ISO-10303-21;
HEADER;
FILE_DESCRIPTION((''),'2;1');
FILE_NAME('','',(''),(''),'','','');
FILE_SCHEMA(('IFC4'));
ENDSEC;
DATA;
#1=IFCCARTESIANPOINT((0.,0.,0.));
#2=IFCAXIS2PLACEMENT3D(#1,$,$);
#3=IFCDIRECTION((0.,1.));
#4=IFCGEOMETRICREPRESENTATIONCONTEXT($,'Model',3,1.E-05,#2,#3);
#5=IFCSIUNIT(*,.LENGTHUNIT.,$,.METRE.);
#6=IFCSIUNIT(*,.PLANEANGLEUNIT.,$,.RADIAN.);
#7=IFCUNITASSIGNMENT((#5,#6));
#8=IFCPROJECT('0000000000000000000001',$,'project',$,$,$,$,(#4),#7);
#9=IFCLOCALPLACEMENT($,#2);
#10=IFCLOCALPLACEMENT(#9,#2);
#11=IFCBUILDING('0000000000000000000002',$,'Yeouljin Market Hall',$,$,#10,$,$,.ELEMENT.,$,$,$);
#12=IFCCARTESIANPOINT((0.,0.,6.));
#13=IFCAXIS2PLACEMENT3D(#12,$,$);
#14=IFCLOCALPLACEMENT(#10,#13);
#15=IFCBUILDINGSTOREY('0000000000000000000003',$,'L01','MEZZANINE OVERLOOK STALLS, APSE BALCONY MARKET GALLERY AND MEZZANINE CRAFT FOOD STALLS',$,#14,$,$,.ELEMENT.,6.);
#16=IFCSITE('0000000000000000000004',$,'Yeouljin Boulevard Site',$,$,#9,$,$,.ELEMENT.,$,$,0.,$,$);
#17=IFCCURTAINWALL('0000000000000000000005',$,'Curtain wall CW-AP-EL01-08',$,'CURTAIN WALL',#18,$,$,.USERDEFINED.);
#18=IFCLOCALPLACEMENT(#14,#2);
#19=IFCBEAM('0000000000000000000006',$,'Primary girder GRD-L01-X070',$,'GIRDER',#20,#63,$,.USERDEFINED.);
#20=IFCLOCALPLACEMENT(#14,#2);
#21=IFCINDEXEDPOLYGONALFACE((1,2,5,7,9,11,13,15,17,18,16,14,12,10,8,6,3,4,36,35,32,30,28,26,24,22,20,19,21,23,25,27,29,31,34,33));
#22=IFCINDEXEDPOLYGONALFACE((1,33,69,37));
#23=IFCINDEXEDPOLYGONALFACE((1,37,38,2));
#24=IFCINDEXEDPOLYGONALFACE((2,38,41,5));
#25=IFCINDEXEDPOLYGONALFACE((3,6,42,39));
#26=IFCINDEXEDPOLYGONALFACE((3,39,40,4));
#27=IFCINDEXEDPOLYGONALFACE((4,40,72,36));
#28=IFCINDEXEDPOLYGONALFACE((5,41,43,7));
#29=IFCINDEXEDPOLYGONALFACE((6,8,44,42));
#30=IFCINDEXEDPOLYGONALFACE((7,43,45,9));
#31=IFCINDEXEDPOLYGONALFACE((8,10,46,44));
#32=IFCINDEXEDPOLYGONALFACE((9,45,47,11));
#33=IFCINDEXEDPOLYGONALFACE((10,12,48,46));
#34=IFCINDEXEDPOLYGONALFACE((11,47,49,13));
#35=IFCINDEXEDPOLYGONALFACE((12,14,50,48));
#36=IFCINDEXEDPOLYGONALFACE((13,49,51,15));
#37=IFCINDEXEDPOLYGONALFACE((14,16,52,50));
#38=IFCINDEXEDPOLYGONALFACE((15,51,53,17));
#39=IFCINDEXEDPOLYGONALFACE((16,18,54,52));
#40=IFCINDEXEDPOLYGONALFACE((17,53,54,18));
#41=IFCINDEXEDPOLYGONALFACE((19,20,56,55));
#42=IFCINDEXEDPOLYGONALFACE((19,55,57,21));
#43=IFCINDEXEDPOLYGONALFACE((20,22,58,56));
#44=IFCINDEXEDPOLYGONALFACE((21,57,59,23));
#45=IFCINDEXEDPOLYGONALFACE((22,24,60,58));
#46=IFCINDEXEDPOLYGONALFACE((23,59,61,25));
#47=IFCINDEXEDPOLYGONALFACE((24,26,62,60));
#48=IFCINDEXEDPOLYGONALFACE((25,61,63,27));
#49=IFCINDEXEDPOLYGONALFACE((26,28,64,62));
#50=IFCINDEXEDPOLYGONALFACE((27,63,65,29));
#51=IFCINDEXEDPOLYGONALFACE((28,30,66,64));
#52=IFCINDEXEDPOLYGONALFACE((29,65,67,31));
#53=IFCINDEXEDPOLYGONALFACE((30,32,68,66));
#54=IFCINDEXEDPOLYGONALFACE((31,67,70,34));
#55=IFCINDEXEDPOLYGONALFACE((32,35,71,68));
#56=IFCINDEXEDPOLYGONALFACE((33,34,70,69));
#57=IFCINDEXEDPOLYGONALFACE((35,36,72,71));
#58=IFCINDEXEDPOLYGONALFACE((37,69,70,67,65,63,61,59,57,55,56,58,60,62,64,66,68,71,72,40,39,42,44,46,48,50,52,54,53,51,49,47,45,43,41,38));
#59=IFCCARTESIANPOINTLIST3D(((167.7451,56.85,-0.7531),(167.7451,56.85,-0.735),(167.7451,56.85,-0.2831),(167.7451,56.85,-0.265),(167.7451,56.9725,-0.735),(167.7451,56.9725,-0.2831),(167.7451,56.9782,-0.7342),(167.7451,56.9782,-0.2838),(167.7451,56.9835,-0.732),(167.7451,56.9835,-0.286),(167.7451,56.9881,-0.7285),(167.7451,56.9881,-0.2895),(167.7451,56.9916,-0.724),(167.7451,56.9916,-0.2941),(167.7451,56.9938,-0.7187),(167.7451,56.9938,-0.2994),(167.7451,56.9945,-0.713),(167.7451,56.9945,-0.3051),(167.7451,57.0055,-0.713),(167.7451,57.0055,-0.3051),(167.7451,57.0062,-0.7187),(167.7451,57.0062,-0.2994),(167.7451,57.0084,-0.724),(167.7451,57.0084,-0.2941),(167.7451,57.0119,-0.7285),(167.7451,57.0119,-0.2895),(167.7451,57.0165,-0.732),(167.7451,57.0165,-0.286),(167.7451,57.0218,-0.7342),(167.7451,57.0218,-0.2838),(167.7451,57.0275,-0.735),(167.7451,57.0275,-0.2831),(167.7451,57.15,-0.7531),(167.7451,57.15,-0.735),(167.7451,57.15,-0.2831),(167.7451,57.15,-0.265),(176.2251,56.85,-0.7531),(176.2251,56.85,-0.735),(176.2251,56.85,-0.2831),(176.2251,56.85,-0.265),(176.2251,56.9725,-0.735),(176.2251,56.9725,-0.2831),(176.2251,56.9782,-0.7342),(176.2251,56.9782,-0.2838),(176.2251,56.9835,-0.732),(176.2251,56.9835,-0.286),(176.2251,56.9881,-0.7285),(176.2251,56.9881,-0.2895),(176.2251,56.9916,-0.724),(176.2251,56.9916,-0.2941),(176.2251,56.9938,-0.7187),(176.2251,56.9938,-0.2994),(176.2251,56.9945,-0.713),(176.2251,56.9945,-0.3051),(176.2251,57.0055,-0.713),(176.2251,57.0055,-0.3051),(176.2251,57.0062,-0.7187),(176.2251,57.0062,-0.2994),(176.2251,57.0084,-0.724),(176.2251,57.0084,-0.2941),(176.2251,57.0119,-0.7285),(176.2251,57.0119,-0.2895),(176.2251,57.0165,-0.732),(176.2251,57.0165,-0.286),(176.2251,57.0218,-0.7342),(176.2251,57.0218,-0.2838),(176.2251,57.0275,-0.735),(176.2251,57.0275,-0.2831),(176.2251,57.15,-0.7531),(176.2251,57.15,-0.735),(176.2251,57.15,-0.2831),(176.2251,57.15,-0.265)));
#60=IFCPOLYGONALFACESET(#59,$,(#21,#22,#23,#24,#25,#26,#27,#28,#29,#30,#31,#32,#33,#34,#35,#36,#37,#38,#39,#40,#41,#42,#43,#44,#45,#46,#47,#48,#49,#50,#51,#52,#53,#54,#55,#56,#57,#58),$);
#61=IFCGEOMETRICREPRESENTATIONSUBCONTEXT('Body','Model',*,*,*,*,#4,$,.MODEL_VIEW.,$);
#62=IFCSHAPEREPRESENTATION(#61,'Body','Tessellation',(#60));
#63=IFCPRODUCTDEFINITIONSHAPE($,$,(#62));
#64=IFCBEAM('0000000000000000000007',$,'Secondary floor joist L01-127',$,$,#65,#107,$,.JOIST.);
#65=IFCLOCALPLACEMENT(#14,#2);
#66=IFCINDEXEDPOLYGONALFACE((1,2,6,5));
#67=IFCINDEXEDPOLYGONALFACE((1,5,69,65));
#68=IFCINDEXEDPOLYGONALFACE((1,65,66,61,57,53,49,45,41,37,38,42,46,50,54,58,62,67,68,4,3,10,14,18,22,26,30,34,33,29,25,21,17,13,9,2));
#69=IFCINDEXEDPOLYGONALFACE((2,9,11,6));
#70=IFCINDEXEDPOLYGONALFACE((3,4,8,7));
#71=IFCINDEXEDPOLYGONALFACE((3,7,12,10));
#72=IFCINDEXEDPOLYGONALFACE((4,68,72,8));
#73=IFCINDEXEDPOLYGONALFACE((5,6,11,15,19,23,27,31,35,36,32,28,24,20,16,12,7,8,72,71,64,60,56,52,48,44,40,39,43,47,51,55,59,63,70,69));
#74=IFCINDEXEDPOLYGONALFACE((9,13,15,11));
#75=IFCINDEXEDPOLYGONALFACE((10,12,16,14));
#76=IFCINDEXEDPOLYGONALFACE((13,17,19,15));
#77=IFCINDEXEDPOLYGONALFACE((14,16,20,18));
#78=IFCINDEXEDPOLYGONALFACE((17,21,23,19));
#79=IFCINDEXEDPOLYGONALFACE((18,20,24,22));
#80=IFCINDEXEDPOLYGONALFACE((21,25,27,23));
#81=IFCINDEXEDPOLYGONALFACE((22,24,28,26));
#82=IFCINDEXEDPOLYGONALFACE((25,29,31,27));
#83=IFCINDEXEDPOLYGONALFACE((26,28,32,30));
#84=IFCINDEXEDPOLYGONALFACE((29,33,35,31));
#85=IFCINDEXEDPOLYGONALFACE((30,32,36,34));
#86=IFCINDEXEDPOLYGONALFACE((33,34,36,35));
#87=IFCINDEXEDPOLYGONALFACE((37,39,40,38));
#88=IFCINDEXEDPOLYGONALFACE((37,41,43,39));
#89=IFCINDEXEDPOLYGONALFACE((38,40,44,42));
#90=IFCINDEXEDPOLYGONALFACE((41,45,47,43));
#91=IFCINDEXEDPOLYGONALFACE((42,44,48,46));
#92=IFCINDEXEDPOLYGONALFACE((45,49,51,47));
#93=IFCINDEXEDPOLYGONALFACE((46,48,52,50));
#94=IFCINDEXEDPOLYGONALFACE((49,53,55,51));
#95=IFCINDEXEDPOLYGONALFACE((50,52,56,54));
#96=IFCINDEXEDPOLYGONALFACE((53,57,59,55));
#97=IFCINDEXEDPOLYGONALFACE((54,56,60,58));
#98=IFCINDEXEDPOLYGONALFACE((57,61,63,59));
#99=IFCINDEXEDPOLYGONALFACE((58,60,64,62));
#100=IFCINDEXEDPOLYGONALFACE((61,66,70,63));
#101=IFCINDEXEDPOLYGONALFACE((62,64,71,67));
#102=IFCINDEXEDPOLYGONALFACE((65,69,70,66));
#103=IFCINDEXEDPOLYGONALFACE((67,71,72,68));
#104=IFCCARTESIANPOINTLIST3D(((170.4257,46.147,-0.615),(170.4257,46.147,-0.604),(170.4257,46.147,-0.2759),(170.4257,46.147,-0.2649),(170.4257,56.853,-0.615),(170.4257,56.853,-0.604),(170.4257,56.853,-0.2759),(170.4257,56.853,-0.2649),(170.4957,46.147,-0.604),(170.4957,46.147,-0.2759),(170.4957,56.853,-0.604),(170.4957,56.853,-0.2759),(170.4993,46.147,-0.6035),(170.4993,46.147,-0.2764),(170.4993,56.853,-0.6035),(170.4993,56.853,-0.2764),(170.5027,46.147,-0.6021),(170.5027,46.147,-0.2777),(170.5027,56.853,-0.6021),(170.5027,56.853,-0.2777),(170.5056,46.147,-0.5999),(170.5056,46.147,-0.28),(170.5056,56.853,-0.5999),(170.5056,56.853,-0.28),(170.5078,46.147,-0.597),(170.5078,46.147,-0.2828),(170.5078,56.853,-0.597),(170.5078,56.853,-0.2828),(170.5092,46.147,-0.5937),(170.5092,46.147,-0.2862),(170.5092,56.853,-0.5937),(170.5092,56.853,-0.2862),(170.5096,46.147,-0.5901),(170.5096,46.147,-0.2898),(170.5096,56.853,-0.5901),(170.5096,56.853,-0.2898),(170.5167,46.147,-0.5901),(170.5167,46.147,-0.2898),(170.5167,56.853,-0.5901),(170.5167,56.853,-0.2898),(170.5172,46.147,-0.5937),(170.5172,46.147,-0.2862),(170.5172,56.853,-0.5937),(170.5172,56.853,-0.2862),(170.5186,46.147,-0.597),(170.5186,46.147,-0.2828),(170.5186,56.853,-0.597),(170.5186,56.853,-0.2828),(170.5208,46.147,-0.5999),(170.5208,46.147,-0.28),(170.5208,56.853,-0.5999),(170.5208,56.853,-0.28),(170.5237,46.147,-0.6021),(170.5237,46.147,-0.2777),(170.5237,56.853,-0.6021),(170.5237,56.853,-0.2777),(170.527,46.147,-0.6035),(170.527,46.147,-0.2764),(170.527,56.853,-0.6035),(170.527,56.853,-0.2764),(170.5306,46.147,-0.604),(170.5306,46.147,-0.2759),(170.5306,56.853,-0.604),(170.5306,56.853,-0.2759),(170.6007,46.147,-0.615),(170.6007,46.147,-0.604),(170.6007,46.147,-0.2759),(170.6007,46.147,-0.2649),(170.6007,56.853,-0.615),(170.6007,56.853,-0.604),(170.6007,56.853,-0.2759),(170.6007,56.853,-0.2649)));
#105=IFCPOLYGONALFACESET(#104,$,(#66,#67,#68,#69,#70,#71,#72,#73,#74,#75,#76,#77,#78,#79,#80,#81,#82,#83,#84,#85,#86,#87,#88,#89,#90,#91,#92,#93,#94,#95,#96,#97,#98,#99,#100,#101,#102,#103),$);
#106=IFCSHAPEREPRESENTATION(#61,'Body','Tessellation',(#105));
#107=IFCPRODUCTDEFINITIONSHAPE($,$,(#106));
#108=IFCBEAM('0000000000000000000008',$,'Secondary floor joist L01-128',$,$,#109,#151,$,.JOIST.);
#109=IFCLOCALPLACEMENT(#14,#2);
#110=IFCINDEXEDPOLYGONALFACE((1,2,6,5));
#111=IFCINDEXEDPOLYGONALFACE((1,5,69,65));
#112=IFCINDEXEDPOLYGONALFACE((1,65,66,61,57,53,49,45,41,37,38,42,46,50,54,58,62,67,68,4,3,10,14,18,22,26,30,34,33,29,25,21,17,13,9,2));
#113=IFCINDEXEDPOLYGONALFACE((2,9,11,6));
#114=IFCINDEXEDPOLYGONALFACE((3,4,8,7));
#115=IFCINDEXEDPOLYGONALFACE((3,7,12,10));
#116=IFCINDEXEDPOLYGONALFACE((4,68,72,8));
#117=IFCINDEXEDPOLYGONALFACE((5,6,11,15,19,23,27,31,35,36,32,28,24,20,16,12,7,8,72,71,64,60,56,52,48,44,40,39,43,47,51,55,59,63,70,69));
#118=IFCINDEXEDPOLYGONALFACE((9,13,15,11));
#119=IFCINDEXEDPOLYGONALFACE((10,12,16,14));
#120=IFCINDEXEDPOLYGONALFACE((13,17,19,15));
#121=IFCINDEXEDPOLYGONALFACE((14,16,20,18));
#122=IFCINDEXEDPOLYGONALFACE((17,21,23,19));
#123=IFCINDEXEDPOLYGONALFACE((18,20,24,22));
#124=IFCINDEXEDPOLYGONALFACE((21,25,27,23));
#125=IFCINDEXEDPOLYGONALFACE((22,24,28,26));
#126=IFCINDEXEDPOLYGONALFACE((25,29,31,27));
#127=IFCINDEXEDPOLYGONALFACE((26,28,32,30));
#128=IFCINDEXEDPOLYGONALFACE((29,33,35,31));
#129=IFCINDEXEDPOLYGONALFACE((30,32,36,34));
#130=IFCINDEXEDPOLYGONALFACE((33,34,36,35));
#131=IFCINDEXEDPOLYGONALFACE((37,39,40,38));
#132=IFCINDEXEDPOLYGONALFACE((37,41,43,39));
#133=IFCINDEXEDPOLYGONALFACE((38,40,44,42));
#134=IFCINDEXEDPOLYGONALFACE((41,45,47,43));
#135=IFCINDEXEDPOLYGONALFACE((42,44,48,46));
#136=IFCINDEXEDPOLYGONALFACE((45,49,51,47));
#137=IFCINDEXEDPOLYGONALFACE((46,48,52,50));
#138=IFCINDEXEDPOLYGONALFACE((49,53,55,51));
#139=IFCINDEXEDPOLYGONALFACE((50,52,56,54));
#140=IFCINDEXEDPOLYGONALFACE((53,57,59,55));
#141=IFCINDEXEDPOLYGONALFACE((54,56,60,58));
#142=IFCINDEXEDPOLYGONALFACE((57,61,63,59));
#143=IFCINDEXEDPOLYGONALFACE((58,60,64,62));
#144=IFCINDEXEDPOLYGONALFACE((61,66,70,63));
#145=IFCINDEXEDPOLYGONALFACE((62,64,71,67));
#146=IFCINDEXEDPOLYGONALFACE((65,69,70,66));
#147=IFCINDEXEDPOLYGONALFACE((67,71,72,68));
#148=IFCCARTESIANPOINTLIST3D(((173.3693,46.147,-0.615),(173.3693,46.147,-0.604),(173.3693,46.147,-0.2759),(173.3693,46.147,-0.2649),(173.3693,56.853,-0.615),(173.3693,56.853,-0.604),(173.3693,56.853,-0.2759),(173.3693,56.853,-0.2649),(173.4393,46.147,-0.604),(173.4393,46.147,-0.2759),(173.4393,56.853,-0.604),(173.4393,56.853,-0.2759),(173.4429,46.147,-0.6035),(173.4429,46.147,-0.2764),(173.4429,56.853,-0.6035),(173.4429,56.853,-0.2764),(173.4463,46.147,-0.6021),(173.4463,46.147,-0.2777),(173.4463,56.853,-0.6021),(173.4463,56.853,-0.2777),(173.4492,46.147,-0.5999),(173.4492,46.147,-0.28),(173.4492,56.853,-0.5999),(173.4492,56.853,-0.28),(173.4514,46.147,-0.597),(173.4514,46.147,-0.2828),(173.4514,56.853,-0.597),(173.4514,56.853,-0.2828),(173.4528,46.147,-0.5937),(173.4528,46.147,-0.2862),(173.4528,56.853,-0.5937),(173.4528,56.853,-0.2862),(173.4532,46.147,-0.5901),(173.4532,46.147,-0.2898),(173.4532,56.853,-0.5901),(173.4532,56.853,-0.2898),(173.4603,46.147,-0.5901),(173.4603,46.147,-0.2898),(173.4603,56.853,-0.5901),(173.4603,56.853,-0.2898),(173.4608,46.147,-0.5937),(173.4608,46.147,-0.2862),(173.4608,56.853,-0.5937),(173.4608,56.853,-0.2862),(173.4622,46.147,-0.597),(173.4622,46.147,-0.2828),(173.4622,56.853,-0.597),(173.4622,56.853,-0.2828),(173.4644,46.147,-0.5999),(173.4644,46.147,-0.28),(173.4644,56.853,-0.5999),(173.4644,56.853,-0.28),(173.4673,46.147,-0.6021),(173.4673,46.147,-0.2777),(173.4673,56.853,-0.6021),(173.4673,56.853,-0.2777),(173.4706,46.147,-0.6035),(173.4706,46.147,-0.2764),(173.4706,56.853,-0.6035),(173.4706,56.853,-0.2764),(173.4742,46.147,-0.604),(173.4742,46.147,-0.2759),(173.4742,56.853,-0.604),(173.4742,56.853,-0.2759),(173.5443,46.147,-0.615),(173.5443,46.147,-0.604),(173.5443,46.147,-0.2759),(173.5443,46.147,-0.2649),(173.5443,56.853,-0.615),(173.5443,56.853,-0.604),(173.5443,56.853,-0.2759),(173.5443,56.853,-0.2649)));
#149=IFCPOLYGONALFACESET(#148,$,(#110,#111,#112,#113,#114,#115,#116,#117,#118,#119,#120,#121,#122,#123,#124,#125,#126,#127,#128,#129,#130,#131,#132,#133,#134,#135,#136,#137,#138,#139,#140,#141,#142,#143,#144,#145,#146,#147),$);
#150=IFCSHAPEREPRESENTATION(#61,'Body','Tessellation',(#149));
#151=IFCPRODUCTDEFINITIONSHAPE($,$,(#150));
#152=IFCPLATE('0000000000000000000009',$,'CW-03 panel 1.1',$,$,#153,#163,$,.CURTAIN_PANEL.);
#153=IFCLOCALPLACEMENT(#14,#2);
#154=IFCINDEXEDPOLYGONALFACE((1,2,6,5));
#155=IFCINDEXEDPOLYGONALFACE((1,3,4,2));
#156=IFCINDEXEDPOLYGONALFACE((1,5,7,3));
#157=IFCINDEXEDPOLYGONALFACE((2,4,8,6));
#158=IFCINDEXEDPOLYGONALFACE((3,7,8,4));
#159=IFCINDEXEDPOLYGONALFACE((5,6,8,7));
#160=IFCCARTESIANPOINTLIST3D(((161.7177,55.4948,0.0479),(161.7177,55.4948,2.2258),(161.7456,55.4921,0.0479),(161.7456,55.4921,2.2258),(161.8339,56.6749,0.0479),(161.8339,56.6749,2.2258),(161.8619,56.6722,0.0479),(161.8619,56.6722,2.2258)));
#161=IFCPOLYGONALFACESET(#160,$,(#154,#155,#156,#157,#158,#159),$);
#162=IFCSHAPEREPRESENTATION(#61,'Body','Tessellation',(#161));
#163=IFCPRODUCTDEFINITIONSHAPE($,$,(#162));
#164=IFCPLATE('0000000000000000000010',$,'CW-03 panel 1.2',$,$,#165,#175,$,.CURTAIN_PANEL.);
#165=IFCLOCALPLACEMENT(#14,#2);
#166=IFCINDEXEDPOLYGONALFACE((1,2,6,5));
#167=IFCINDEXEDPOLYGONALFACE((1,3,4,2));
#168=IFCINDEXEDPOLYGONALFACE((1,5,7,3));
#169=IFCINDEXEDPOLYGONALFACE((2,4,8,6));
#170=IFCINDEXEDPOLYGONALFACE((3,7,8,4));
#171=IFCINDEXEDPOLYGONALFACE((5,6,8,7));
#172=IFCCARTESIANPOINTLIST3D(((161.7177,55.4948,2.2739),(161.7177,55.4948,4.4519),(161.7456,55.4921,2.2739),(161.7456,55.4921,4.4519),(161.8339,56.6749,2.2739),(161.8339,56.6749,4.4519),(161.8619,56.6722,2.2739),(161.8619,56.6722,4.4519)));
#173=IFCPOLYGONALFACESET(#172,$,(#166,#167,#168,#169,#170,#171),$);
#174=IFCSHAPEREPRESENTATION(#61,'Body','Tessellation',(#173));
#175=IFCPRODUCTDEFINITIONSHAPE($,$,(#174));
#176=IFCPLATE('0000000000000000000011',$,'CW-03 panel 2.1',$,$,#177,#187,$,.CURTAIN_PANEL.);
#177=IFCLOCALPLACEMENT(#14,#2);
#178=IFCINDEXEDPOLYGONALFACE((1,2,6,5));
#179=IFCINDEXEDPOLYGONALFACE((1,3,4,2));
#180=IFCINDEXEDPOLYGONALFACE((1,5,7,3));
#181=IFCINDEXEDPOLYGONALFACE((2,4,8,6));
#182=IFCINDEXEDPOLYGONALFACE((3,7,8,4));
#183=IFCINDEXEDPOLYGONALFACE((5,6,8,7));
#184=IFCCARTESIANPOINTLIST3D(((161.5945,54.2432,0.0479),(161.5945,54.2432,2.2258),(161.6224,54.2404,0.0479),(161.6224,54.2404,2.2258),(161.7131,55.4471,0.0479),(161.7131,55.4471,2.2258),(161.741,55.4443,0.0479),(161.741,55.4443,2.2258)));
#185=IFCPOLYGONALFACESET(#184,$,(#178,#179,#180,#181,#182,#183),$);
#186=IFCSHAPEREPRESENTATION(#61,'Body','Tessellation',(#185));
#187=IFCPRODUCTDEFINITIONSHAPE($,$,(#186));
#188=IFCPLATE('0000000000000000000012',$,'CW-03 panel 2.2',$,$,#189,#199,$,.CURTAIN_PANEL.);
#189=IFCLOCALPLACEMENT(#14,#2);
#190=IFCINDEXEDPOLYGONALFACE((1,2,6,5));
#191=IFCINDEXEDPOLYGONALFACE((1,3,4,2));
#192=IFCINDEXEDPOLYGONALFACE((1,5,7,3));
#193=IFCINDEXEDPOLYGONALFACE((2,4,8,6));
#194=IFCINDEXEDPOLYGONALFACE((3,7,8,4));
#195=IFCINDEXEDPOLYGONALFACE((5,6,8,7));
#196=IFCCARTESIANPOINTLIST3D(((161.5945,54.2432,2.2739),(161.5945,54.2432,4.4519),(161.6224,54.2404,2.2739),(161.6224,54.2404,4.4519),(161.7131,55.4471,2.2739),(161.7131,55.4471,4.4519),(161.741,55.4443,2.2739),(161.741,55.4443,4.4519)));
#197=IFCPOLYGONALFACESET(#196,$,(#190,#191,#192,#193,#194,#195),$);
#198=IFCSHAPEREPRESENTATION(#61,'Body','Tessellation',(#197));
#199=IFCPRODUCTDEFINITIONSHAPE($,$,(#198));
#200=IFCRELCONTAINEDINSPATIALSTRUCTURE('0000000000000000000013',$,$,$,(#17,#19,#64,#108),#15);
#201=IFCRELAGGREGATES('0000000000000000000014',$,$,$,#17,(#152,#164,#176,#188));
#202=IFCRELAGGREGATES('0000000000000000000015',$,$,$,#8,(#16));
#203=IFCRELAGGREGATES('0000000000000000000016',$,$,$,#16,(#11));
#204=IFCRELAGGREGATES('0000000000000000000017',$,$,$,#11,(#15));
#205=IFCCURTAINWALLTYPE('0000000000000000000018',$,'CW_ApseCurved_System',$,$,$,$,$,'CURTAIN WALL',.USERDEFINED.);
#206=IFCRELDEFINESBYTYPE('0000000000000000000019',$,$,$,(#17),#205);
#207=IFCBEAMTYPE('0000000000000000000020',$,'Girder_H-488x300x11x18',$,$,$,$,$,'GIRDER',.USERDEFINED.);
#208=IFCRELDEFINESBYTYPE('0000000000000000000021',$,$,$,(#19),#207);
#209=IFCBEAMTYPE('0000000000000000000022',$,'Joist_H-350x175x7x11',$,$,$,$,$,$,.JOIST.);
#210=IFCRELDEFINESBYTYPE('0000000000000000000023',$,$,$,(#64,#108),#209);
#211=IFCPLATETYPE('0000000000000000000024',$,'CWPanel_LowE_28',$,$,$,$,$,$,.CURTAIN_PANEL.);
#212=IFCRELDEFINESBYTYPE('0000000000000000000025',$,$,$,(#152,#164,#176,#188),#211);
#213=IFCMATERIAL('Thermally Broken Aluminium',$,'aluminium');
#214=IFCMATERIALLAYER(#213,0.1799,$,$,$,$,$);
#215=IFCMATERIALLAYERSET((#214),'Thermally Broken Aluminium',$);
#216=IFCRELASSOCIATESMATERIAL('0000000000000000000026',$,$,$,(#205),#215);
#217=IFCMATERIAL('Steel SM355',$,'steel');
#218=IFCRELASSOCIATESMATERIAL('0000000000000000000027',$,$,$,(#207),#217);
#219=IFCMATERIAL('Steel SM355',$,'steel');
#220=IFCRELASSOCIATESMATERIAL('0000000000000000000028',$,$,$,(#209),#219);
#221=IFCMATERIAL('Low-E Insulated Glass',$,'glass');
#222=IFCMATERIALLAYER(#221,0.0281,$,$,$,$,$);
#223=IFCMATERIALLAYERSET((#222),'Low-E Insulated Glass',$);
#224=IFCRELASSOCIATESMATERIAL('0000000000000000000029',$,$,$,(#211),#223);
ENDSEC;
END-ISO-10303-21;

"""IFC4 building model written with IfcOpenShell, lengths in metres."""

from ifc_helpers import new_model, si_unit, direction, frame, origin, origin_2d, place, context, subcontext, project, spatial, rectangle, i_section, extrude, material, layer, layer_set, material_profile, profile_set, type_object, element, aggregate, save


model = new_model("IFC4")

# Units and contexts
model_context = context("Model", 3, precision=1e-05, world=origin(), true_north=direction((0.0, 1.0)))
body_context = subcontext(model_context, "Body", "Model", "MODEL_VIEW")
ifc_project = project(units=[si_unit("LENGTHUNIT", "METRE"), si_unit("PLANEANGLEUNIT", "RADIAN")], contexts=[model_context])

# Site, building, storey
site_placement = place(None, origin())
site = spatial("IfcSite", under=ifc_project, at=site_placement, Name="Yeouljin Boulevard Site", CompositionType="ELEMENT", RefElevation=0.0)
building_placement = place(site_placement, origin())
building = spatial("IfcBuilding", under=site, at=building_placement, Name="Yeouljin Market Hall", CompositionType="ELEMENT")
storey_placement = place(building_placement, frame((0.0, 0.0, 6.0)))
storey = spatial("IfcBuildingStorey", under=building, at=storey_placement, Name="L01", Description="MEZZANINE OVERLOOK STALLS, APSE BALCONY MARKET GALLERY AND MEZZANINE CRAFT FOOD STALLS", CompositionType="ELEMENT", Elevation=6.0)

# Curtain wall
ifc_material_1 = material(Name="Thermally Broken Aluminium", Category="aluminium")
ifc_layer_1 = layer(ifc_material_1, 0.1799)
ifc_layer_set_1 = layer_set([ifc_layer_1], Name="Thermally Broken Aluminium")
curtain_wall_type = type_object("IfcCurtainWallType", Name="CW_ApseCurved_System", ElementType="CURTAIN WALL", PredefinedType="USERDEFINED", material=ifc_layer_set_1)
curtain_wall_placement = place(storey_placement, origin())
curtain_wall = element("IfcCurtainWall", 1, at=curtain_wall_placement, inside=storey, type_object=curtain_wall_type, Name="Curtain wall CW-AP-EL01-08", ObjectType="CURTAIN WALL", PredefinedType="USERDEFINED")

# Beams
ifc_material_2 = material(Name="Steel SM355", Category="steel")
ifc_material_profile_1 = material_profile(ifc_material_2, i_section(OverallWidth=0.3, OverallDepth=0.488, WebThickness=0.011, FlangeThickness=0.0181, FilletRadius=0.022, at=origin_2d()), Name="H-488x300x11x18")
ifc_profile_set_1 = profile_set([ifc_material_profile_1], Name="Steel SM355")
beam_type_1 = type_object("IfcBeamType", Name="Girder_H-488x300x11x18", ElementType="GIRDER", PredefinedType="USERDEFINED", material=ifc_profile_set_1)
for number, where, z_axis, x_axis, name in (
    (2, (167.7451, 57.0, -0.509), (1.0, 0.0, 0.0), (0.0, 1.0, 0.0), "Primary girder GRD-L01-X070"),
):
    element("IfcBeam", number, at=place(storey_placement, frame(where, z_axis=z_axis, x_axis=x_axis)), inside=storey, type_object=beam_type_1, Name=name, ObjectType="GIRDER", PredefinedType="USERDEFINED", context=body_context, shape_type="SweptSolid", body=[
        extrude(i_section(OverallWidth=0.3, OverallDepth=0.488, WebThickness=0.011, FlangeThickness=0.0181, FilletRadius=0.022, at=origin_2d()), origin(), (0.0, 0.0, 1.0), 8.48),
    ])
ifc_material_3 = material(Name="Steel SM355", Category="steel")
ifc_material_profile_2 = material_profile(ifc_material_3, i_section(OverallWidth=0.175, OverallDepth=0.3501, WebThickness=0.0071, FlangeThickness=0.011, FilletRadius=0.0139, at=origin_2d()), Name="H-350x175x7x11")
ifc_profile_set_2 = profile_set([ifc_material_profile_2], Name="Steel SM355")
beam_type_2 = type_object("IfcBeamType", Name="Joist_H-350x175x7x11", PredefinedType="JOIST", material=ifc_profile_set_2)
for number, where, z_axis, x_axis, name in (
    (3, (170.5132, 46.147, -0.4399), (0.0, 1.0, 0.0), (-1.0, 0.0, 0.0), "Secondary floor joist L01-127"),
    (4, (173.4568, 46.147, -0.4399), (0.0, 1.0, 0.0), (-1.0, 0.0, 0.0), "Secondary floor joist L01-128"),
):
    element("IfcBeam", number, at=place(storey_placement, frame(where, z_axis=z_axis, x_axis=x_axis)), inside=storey, type_object=beam_type_2, Name=name, PredefinedType="JOIST", context=body_context, shape_type="SweptSolid", body=[
        extrude(i_section(OverallWidth=0.175, OverallDepth=0.3501, WebThickness=0.0071, FlangeThickness=0.011, FilletRadius=0.0139, at=origin_2d()), origin(), (0.0, 0.0, 1.0), 10.7061),
    ])

# Plates
ifc_material_4 = material(Name="Low-E Insulated Glass", Category="glass")
ifc_layer_2 = layer(ifc_material_4, 0.0281)
ifc_layer_set_2 = layer_set([ifc_layer_2], Name="Low-E Insulated Glass")
plate_type = type_object("IfcPlateType", Name="CWPanel_LowE_28", PredefinedType="CURTAIN_PANEL", material=ifc_layer_set_2)
plate_1_placement = place(storey_placement, frame((161.7898, 56.0835, 0.0479), z_axis=(0.0, 0.0, 1.0), x_axis=(-0.098034, -0.995183, 0.0)))
plate_1 = element("IfcPlate", 5, at=plate_1_placement, type_object=plate_type, Name="CW-03 panel 1.1", PredefinedType="CURTAIN_PANEL", context=body_context, shape_type="SweptSolid", body=[
    extrude(rectangle(XDim=1.1858, YDim=0.0281, at=origin_2d()), origin(), (0.0, 0.0, 1.0), 2.178),
])
plate_2_placement = place(storey_placement, frame((161.7898, 56.0835, 2.2739), z_axis=(0.0, 0.0, 1.0), x_axis=(-0.098034, -0.995183, 0.0)))
plate_2 = element("IfcPlate", 6, at=plate_2_placement, type_object=plate_type, Name="CW-03 panel 1.2", PredefinedType="CURTAIN_PANEL", context=body_context, shape_type="SweptSolid", body=[
    extrude(rectangle(XDim=1.1858, YDim=0.0281, at=origin_2d()), origin(), (0.0, 0.0, 1.0), 2.178),
])
plate_3_placement = place(storey_placement, frame((161.6677, 54.8438, 0.0479), z_axis=(0.0, 0.0, 1.0), x_axis=(-0.098034, -0.995183, 0.0)))
plate_3 = element("IfcPlate", 7, at=plate_3_placement, type_object=plate_type, Name="CW-03 panel 2.1", PredefinedType="CURTAIN_PANEL", context=body_context, shape_type="SweptSolid", body=[
    extrude(rectangle(XDim=1.2097, YDim=0.0281, at=origin_2d()), origin(), (0.0, 0.0, 1.0), 2.178),
])
plate_4_placement = place(storey_placement, frame((161.6677, 54.8438, 2.2739), z_axis=(0.0, 0.0, 1.0), x_axis=(-0.098034, -0.995183, 0.0)))
plate_4 = element("IfcPlate", 8, at=plate_4_placement, type_object=plate_type, Name="CW-03 panel 2.2", PredefinedType="CURTAIN_PANEL", context=body_context, shape_type="SweptSolid", body=[
    extrude(rectangle(XDim=1.2097, YDim=0.0281, at=origin_2d()), origin(), (0.0, 0.0, 1.0), 2.178),
])
aggregate(curtain_wall, [plate_1, plate_2, plate_3, plate_4])

save(model, "model.ifc")
